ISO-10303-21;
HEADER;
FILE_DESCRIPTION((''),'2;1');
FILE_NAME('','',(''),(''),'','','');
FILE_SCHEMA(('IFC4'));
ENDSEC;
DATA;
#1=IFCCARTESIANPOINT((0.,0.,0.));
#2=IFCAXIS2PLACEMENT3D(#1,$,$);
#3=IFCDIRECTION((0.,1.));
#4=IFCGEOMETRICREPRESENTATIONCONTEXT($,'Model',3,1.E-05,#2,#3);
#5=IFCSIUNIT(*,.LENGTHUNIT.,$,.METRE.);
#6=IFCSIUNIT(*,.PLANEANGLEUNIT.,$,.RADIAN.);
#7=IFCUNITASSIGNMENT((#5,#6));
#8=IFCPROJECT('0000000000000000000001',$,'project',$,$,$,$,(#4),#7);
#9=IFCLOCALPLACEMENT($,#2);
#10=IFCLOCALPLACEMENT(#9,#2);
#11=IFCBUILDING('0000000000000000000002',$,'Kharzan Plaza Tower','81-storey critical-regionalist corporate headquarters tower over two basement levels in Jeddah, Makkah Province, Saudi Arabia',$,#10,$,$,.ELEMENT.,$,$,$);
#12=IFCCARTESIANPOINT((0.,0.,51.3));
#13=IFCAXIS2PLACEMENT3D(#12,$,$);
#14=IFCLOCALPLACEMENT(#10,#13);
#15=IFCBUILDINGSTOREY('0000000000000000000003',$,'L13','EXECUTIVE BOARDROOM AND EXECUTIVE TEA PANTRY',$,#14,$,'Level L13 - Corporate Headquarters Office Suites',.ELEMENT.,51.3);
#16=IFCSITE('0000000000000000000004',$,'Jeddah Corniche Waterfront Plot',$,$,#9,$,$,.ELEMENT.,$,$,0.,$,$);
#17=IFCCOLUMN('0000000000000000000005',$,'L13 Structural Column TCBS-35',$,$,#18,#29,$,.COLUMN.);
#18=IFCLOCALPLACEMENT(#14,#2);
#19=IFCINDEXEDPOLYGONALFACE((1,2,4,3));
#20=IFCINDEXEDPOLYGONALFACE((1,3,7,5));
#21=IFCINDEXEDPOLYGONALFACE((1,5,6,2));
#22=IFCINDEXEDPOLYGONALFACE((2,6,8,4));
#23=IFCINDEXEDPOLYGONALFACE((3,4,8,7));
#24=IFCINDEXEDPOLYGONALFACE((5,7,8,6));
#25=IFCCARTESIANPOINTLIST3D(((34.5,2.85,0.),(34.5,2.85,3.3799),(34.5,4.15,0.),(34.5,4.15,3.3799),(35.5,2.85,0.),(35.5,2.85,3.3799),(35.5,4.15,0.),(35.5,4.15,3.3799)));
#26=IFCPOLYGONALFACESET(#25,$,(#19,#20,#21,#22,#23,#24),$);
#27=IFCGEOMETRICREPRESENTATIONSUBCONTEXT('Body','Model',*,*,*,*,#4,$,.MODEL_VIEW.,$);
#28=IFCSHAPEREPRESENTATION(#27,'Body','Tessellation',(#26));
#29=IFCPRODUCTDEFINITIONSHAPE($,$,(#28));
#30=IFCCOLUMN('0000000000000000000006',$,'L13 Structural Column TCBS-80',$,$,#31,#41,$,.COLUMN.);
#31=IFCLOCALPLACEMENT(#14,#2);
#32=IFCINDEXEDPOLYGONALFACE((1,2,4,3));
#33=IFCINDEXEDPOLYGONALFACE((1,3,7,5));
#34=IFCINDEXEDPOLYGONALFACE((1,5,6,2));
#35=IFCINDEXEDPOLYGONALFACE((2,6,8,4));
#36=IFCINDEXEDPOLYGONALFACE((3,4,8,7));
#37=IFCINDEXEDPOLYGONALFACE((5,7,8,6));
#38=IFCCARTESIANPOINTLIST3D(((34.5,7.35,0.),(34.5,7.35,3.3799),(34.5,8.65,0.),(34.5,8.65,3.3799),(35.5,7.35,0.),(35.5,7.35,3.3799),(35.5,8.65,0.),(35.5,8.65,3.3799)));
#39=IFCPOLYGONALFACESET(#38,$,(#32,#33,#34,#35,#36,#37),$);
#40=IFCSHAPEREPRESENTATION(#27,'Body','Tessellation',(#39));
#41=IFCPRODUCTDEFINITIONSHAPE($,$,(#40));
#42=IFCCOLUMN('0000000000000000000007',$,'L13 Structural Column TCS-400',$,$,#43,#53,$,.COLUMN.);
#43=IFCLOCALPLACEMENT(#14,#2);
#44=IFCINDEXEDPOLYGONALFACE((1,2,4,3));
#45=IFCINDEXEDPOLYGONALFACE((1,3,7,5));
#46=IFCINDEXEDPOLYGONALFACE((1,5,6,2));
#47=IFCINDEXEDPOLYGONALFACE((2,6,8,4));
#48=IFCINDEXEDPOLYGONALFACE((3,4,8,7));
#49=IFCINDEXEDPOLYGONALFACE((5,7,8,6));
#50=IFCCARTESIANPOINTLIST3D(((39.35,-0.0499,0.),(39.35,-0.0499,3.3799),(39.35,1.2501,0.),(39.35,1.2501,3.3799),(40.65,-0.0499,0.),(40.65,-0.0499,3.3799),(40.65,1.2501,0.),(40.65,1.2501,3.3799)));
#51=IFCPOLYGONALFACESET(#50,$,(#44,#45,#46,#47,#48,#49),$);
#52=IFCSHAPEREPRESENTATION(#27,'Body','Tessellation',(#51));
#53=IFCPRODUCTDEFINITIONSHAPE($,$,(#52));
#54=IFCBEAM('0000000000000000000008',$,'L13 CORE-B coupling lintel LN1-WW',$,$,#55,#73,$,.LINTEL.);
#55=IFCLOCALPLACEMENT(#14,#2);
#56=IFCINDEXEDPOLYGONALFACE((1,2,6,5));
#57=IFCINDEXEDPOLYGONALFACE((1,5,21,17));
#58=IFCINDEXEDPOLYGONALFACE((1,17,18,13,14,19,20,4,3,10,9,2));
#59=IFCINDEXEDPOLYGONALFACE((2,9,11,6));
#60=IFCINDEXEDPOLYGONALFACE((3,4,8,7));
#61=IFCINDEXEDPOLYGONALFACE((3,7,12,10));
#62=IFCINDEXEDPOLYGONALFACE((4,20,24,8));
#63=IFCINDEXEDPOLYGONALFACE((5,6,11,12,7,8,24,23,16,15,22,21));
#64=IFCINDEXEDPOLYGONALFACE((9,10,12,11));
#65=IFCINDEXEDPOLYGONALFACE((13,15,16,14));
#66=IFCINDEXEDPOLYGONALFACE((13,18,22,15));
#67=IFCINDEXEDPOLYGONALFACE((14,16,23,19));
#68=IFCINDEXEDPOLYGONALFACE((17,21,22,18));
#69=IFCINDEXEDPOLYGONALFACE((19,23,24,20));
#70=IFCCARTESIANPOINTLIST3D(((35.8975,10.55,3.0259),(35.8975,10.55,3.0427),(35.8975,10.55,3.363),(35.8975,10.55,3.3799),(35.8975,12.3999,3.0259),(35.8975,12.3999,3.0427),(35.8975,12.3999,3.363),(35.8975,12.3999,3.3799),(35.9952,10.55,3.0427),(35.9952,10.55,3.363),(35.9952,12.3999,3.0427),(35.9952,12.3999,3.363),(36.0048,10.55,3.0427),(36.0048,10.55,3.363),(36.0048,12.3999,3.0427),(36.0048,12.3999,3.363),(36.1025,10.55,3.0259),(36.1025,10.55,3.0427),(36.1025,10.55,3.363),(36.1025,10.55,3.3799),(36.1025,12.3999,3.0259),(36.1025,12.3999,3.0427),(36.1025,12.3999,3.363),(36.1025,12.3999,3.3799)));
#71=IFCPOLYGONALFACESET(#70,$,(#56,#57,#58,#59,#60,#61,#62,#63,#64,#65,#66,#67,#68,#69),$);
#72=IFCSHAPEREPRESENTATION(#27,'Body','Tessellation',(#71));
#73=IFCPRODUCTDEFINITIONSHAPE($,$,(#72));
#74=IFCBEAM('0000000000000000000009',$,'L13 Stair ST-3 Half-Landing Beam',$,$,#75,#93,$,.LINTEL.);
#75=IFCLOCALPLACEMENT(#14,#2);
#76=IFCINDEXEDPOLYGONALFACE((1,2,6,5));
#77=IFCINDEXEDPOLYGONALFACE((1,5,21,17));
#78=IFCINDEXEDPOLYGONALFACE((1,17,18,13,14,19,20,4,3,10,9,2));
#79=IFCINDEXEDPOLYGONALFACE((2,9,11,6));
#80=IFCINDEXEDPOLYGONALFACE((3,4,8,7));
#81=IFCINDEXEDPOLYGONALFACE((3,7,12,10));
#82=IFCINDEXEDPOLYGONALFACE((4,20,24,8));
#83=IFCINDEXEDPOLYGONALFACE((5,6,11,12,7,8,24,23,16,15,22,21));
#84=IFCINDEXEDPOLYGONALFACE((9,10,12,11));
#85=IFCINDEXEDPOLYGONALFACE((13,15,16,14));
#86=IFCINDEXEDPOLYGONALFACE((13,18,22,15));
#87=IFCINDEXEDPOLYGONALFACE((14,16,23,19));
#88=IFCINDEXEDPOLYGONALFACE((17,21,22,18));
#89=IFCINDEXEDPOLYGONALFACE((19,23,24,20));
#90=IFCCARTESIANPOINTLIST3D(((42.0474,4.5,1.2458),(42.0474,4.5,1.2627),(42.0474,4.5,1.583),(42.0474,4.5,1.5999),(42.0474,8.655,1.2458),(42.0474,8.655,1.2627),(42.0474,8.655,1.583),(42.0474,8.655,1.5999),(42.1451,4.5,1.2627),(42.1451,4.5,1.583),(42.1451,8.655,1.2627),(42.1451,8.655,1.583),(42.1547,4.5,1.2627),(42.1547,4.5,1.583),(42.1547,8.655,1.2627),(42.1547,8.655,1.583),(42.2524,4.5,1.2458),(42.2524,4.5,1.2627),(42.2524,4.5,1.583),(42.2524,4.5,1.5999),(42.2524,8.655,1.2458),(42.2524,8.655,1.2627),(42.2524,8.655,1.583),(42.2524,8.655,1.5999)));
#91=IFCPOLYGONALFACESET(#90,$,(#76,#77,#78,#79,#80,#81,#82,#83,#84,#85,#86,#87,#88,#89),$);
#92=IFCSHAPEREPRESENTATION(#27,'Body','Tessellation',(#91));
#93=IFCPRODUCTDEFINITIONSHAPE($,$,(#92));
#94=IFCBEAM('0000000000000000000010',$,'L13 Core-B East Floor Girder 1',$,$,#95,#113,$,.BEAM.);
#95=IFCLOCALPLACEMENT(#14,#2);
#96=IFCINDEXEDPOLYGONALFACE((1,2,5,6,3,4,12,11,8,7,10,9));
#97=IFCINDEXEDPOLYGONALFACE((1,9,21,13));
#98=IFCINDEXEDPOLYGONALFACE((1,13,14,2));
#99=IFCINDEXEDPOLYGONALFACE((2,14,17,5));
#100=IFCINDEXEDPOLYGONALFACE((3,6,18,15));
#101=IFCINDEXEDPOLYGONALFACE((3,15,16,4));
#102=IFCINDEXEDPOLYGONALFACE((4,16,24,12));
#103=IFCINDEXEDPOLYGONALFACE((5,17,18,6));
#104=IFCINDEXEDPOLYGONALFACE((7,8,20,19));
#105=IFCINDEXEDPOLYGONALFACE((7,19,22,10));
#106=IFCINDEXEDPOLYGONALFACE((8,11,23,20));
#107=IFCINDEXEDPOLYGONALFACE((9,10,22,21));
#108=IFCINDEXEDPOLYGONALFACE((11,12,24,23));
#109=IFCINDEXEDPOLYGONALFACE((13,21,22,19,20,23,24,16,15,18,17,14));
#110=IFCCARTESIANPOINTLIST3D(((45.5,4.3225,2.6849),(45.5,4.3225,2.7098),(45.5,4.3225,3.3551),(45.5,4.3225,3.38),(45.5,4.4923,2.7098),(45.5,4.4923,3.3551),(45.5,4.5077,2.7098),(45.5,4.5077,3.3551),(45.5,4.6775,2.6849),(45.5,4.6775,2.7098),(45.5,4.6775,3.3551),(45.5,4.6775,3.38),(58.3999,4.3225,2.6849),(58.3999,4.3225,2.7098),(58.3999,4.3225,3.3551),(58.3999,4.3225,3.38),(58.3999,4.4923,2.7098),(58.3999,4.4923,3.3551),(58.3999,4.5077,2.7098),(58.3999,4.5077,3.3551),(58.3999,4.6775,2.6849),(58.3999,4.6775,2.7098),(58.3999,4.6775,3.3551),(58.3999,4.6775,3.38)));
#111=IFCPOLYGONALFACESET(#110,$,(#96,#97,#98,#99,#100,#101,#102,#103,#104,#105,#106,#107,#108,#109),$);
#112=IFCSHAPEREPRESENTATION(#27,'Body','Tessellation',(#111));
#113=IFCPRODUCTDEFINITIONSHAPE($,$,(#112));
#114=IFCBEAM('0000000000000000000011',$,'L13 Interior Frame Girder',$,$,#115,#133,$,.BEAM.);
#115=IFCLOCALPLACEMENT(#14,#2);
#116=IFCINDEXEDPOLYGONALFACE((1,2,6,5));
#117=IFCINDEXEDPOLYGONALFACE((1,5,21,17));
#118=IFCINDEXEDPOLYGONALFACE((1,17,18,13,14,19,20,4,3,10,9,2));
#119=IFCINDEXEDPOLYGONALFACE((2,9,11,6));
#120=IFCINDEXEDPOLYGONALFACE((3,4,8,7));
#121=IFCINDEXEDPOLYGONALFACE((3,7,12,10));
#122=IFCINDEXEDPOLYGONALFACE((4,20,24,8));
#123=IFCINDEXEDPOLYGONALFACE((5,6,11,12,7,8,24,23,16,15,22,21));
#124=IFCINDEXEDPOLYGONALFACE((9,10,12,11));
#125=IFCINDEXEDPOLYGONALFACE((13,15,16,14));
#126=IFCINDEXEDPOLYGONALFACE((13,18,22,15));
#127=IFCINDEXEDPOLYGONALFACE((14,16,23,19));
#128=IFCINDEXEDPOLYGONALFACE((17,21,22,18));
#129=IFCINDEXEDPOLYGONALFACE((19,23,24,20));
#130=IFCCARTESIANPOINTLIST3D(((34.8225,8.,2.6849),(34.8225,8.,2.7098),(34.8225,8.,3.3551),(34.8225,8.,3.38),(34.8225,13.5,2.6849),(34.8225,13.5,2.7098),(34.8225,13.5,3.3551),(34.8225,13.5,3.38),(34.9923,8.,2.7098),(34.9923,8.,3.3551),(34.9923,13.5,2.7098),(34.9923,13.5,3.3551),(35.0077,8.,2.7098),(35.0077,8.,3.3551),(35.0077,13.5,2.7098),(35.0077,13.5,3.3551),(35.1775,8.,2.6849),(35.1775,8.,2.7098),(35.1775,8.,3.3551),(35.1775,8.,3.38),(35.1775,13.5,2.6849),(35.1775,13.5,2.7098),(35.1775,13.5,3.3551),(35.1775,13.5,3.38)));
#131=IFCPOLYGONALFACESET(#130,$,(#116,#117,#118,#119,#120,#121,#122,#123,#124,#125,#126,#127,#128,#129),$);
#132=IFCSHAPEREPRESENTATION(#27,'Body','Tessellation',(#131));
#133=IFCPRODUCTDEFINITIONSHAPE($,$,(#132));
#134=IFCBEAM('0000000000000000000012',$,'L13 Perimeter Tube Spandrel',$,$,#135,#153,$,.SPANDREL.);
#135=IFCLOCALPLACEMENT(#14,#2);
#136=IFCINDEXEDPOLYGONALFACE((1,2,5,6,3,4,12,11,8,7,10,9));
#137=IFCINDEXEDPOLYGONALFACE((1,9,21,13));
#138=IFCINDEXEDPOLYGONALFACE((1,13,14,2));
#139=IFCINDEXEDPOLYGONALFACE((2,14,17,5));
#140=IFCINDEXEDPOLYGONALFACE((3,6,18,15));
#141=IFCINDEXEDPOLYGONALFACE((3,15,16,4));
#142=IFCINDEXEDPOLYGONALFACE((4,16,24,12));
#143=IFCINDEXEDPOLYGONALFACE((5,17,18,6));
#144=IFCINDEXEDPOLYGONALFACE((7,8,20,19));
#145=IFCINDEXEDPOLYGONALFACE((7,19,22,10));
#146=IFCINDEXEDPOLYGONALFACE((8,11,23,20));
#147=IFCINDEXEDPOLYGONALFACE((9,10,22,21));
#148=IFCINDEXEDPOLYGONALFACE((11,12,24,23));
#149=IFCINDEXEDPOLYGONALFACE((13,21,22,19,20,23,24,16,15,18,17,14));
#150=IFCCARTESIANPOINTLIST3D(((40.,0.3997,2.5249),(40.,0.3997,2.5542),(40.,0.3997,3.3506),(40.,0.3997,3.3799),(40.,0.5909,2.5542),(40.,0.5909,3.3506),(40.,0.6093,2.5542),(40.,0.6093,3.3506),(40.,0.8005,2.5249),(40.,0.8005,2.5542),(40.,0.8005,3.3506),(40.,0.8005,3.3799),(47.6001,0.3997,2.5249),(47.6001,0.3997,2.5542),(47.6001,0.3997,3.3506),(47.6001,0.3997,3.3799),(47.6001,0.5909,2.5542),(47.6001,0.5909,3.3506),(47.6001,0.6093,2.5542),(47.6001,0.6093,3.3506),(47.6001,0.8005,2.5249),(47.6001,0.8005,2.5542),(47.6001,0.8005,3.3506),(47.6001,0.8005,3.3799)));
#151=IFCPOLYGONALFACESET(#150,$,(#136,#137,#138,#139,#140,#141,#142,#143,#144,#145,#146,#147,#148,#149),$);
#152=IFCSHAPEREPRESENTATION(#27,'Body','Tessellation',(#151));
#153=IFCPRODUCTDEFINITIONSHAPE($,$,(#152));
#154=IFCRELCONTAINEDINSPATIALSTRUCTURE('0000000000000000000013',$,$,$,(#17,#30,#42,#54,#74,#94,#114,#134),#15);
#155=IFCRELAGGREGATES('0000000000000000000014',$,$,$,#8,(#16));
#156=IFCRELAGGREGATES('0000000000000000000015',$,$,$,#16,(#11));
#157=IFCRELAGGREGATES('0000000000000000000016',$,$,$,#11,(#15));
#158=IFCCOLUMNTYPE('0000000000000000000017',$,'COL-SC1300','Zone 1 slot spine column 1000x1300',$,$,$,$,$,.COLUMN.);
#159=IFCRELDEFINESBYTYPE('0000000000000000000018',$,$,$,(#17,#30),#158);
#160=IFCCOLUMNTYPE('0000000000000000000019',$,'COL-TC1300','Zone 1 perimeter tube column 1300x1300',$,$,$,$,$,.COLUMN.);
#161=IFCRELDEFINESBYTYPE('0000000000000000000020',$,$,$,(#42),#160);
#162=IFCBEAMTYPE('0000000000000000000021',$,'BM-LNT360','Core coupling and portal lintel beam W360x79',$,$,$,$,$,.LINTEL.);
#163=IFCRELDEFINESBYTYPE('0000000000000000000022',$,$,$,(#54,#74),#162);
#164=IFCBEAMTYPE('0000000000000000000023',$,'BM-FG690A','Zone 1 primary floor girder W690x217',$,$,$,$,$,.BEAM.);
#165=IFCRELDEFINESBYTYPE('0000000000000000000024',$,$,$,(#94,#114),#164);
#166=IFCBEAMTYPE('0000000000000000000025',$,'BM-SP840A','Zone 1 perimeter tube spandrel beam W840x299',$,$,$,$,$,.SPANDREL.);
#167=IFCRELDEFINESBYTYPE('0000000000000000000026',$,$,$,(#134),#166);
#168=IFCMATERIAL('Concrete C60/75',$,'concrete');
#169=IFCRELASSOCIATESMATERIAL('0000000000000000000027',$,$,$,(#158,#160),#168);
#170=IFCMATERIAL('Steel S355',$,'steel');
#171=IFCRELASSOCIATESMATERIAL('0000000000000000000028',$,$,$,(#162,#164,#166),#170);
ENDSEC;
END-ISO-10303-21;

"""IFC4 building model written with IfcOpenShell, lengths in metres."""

from ifc_helpers import new_model, si_unit, direction, frame, origin, origin_2d, place, context, subcontext, project, spatial, rectangle, i_section, extrude, source, transform, mapped, material, material_profile, profile_set, type_object, element, save


model = new_model("IFC4")

# Units and contexts
model_context = context("Model", 3, precision=1e-05, world=origin(), true_north=direction((0.0, 1.0)))
body_context = subcontext(model_context, "Body", "Model", "MODEL_VIEW")
ifc_project = project(units=[si_unit("LENGTHUNIT", "METRE"), si_unit("PLANEANGLEUNIT", "RADIAN")], contexts=[model_context])

# Site, building, storey
site_placement = place(None, origin())
site = spatial("IfcSite", under=ifc_project, at=site_placement, Name="Jeddah Corniche Waterfront Plot", CompositionType="ELEMENT", RefElevation=0.0)
building_placement = place(site_placement, origin())
building = spatial("IfcBuilding", under=site, at=building_placement, Name="Kharzan Plaza Tower", Description="81-storey critical-regionalist corporate headquarters tower over two basement levels in Jeddah, Makkah Province, Saudi Arabia", CompositionType="ELEMENT")
storey_placement = place(building_placement, frame((0.0, 0.0, 51.3)))
storey = spatial("IfcBuildingStorey", under=building, at=storey_placement, Name="L13", Description="EXECUTIVE BOARDROOM AND EXECUTIVE TEA PANTRY", LongName="Level L13 - Corporate Headquarters Office Suites", CompositionType="ELEMENT", Elevation=51.3)

# Columns
ifc_material_1 = material(Name="Concrete C60/75", Category="concrete")
ifc_material_profile_1 = material_profile(ifc_material_1, rectangle(XDim=1.0, YDim=1.3, at=origin_2d()), Name="RC-SC1300x1000")
ifc_profile_set_1 = profile_set([ifc_material_profile_1], Name="Concrete C60/75")
column_type_1 = type_object("IfcColumnType", Name="COL-SC1300", Description="Zone 1 slot spine column 1000x1300", PredefinedType="COLUMN", material=ifc_profile_set_1)
shared_shape_1 = source(origin(), body_context, "Body", "SweptSolid", [
    extrude(rectangle(XDim=1.0, YDim=1.3, at=origin_2d()), origin(), (0.0, 0.0, 1.0), 3.3799),
])
for number, where, z_axis, x_axis, name in (
    (1, (35.0, 3.5, 0.0), (0.0, 0.0, 1.0), (1.0, 0.0, 0.0), "L13 Structural Column TCBS-35"),
    (2, (35.0, 8.0, 0.0), (0.0, 0.0, 1.0), (1.0, 0.0, 0.0), "L13 Structural Column TCBS-80"),
):
    element("IfcColumn", number, at=place(storey_placement, frame(where, z_axis=z_axis, x_axis=x_axis)), inside=storey, type_object=column_type_1, Name=name, PredefinedType="COLUMN", context=body_context, shape_type="MappedRepresentation", body=[
        mapped(shared_shape_1, transform((0.0, 0.0, 0.0), x_axis=(1.0, 0.0, 0.0), y_axis=(0.0, 1.0, 0.0), z_axis=(0.0, 0.0, 1.0))),
    ])
ifc_material_profile_2 = material_profile(ifc_material_1, rectangle(XDim=1.3, YDim=1.3, at=origin_2d()), Name="RC-TC1300x1300")
ifc_profile_set_2 = profile_set([ifc_material_profile_2], Name="Concrete C60/75")
column_type_2 = type_object("IfcColumnType", Name="COL-TC1300", Description="Zone 1 perimeter tube column 1300x1300", PredefinedType="COLUMN", material=ifc_profile_set_2)
shared_shape_2 = source(origin(), body_context, "Body", "SweptSolid", [
    extrude(rectangle(XDim=1.3, YDim=1.3, at=origin_2d()), origin(), (0.0, 0.0, 1.0), 3.3799),
])
column_placement = place(storey_placement, frame((40.0, 0.6001, 0.0), z_axis=(0.0, 0.0, 1.0), x_axis=(1.0, 0.0, 0.0)))
element("IfcColumn", 3, at=column_placement, inside=storey, type_object=column_type_2, Name="L13 Structural Column TCS-400", PredefinedType="COLUMN", context=body_context, shape_type="MappedRepresentation", body=[
    mapped(shared_shape_2, transform((0.0, 0.0, 0.0), x_axis=(1.0, 0.0, 0.0), y_axis=(0.0, 1.0, 0.0), z_axis=(0.0, 0.0, 1.0))),
])

# Beams
ifc_material_2 = material(Name="Steel S355", Category="steel")
ifc_material_profile_3 = material_profile(ifc_material_2, i_section(OverallWidth=0.2051, OverallDepth=0.354, WebThickness=0.0095, FlangeThickness=0.0168, at=origin_2d()), Name="W360x79")
ifc_profile_set_3 = profile_set([ifc_material_profile_3], Name="Steel S355")
beam_type_1 = type_object("IfcBeamType", Name="BM-LNT360", Description="Core coupling and portal lintel beam W360x79", PredefinedType="LINTEL", material=ifc_profile_set_3)
shared_shape_3 = source(origin(), body_context, "Body", "SweptSolid", [
    extrude(i_section(OverallWidth=0.2051, OverallDepth=0.354, WebThickness=0.0095, FlangeThickness=0.0168, at=origin_2d()), origin(), (0.0, 0.0, 1.0), 1.8499),
])
beam_1_placement = place(storey_placement, frame((36.0, 10.55, 3.2029), z_axis=(0.0, 1.0, 0.0), x_axis=(-1.0, 0.0, 0.0)))
element("IfcBeam", 4, at=beam_1_placement, inside=storey, type_object=beam_type_1, Name="L13 CORE-B coupling lintel LN1-WW", PredefinedType="LINTEL", context=body_context, shape_type="MappedRepresentation", body=[
    mapped(shared_shape_3, transform((0.0, 0.0, 0.0), x_axis=(1.0, 0.0, 0.0), y_axis=(0.0, 1.0, 0.0), z_axis=(0.0, 0.0, 1.0))),
])
shared_shape_4 = source(origin(), body_context, "Body", "SweptSolid", [
    extrude(i_section(OverallWidth=0.2051, OverallDepth=0.354, WebThickness=0.0095, FlangeThickness=0.0168, at=origin_2d()), origin(), (0.0, 0.0, 1.0), 4.155),
])
beam_2_placement = place(storey_placement, frame((42.1499, 4.5, 1.4229), z_axis=(0.0, 1.0, 0.0), x_axis=(-1.0, 0.0, 0.0)))
element("IfcBeam", 5, at=beam_2_placement, inside=storey, type_object=beam_type_1, Name="L13 Stair ST-3 Half-Landing Beam", PredefinedType="LINTEL", context=body_context, shape_type="MappedRepresentation", body=[
    mapped(shared_shape_4, transform((0.0, 0.0, 0.0), x_axis=(1.0, 0.0, 0.0), y_axis=(0.0, 1.0, 0.0), z_axis=(0.0, 0.0, 1.0))),
])
ifc_material_profile_4 = material_profile(ifc_material_2, i_section(OverallWidth=0.355, OverallDepth=0.6951, WebThickness=0.0154, FlangeThickness=0.0249, at=origin_2d()), Name="W690x217")
ifc_profile_set_4 = profile_set([ifc_material_profile_4], Name="Steel S355")
beam_type_2 = type_object("IfcBeamType", Name="BM-FG690A", Description="Zone 1 primary floor girder W690x217", PredefinedType="BEAM", material=ifc_profile_set_4)
shared_shape_5 = source(origin(), body_context, "Body", "SweptSolid", [
    extrude(i_section(OverallWidth=0.355, OverallDepth=0.6951, WebThickness=0.0154, FlangeThickness=0.0249, at=origin_2d()), origin(), (0.0, 0.0, 1.0), 12.8999),
])
beam_3_placement = place(storey_placement, frame((45.5, 4.5, 3.0325), z_axis=(1.0, 0.0, 0.0), x_axis=(0.0, 1.0, 0.0)))
element("IfcBeam", 6, at=beam_3_placement, inside=storey, type_object=beam_type_2, Name="L13 Core-B East Floor Girder 1", PredefinedType="BEAM", context=body_context, shape_type="MappedRepresentation", body=[
    mapped(shared_shape_5, transform((0.0, 0.0, 0.0), x_axis=(1.0, 0.0, 0.0), y_axis=(0.0, 1.0, 0.0), z_axis=(0.0, 0.0, 1.0))),
])
shared_shape_6 = source(origin(), body_context, "Body", "SweptSolid", [
    extrude(i_section(OverallWidth=0.355, OverallDepth=0.6951, WebThickness=0.0154, FlangeThickness=0.0249, at=origin_2d()), origin(), (0.0, 0.0, 1.0), 5.5),
])
beam_4_placement = place(storey_placement, frame((35.0, 8.0, 3.0325), z_axis=(0.0, 1.0, 0.0), x_axis=(-1.0, 0.0, 0.0)))
element("IfcBeam", 7, at=beam_4_placement, inside=storey, type_object=beam_type_2, Name="L13 Interior Frame Girder", PredefinedType="BEAM", context=body_context, shape_type="MappedRepresentation", body=[
    mapped(shared_shape_6, transform((0.0, 0.0, 0.0), x_axis=(1.0, 0.0, 0.0), y_axis=(0.0, 1.0, 0.0), z_axis=(0.0, 0.0, 1.0))),
])
ifc_material_profile_5 = material_profile(ifc_material_2, i_section(OverallWidth=0.4009, OverallDepth=0.855, WebThickness=0.0183, FlangeThickness=0.0293, at=origin_2d()), Name="W840x299")
ifc_profile_set_5 = profile_set([ifc_material_profile_5], Name="Steel S355")
beam_type_3 = type_object("IfcBeamType", Name="BM-SP840A", Description="Zone 1 perimeter tube spandrel beam W840x299", PredefinedType="SPANDREL", material=ifc_profile_set_5)
shared_shape_7 = source(origin(), body_context, "Body", "SweptSolid", [
    extrude(i_section(OverallWidth=0.4009, OverallDepth=0.855, WebThickness=0.0183, FlangeThickness=0.0293, at=origin_2d()), origin(), (0.0, 0.0, 1.0), 7.6001),
])
beam_5_placement = place(storey_placement, frame((40.0, 0.6001, 2.9524), z_axis=(1.0, 0.0, 0.0), x_axis=(0.0, 1.0, 0.0)))
element("IfcBeam", 8, at=beam_5_placement, inside=storey, type_object=beam_type_3, Name="L13 Perimeter Tube Spandrel", PredefinedType="SPANDREL", context=body_context, shape_type="MappedRepresentation", body=[
    mapped(shared_shape_7, transform((0.0, 0.0, 0.0), x_axis=(1.0, 0.0, 0.0), y_axis=(0.0, 1.0, 0.0), z_axis=(0.0, 0.0, 1.0))),
])

save(model, "model.ifc")
